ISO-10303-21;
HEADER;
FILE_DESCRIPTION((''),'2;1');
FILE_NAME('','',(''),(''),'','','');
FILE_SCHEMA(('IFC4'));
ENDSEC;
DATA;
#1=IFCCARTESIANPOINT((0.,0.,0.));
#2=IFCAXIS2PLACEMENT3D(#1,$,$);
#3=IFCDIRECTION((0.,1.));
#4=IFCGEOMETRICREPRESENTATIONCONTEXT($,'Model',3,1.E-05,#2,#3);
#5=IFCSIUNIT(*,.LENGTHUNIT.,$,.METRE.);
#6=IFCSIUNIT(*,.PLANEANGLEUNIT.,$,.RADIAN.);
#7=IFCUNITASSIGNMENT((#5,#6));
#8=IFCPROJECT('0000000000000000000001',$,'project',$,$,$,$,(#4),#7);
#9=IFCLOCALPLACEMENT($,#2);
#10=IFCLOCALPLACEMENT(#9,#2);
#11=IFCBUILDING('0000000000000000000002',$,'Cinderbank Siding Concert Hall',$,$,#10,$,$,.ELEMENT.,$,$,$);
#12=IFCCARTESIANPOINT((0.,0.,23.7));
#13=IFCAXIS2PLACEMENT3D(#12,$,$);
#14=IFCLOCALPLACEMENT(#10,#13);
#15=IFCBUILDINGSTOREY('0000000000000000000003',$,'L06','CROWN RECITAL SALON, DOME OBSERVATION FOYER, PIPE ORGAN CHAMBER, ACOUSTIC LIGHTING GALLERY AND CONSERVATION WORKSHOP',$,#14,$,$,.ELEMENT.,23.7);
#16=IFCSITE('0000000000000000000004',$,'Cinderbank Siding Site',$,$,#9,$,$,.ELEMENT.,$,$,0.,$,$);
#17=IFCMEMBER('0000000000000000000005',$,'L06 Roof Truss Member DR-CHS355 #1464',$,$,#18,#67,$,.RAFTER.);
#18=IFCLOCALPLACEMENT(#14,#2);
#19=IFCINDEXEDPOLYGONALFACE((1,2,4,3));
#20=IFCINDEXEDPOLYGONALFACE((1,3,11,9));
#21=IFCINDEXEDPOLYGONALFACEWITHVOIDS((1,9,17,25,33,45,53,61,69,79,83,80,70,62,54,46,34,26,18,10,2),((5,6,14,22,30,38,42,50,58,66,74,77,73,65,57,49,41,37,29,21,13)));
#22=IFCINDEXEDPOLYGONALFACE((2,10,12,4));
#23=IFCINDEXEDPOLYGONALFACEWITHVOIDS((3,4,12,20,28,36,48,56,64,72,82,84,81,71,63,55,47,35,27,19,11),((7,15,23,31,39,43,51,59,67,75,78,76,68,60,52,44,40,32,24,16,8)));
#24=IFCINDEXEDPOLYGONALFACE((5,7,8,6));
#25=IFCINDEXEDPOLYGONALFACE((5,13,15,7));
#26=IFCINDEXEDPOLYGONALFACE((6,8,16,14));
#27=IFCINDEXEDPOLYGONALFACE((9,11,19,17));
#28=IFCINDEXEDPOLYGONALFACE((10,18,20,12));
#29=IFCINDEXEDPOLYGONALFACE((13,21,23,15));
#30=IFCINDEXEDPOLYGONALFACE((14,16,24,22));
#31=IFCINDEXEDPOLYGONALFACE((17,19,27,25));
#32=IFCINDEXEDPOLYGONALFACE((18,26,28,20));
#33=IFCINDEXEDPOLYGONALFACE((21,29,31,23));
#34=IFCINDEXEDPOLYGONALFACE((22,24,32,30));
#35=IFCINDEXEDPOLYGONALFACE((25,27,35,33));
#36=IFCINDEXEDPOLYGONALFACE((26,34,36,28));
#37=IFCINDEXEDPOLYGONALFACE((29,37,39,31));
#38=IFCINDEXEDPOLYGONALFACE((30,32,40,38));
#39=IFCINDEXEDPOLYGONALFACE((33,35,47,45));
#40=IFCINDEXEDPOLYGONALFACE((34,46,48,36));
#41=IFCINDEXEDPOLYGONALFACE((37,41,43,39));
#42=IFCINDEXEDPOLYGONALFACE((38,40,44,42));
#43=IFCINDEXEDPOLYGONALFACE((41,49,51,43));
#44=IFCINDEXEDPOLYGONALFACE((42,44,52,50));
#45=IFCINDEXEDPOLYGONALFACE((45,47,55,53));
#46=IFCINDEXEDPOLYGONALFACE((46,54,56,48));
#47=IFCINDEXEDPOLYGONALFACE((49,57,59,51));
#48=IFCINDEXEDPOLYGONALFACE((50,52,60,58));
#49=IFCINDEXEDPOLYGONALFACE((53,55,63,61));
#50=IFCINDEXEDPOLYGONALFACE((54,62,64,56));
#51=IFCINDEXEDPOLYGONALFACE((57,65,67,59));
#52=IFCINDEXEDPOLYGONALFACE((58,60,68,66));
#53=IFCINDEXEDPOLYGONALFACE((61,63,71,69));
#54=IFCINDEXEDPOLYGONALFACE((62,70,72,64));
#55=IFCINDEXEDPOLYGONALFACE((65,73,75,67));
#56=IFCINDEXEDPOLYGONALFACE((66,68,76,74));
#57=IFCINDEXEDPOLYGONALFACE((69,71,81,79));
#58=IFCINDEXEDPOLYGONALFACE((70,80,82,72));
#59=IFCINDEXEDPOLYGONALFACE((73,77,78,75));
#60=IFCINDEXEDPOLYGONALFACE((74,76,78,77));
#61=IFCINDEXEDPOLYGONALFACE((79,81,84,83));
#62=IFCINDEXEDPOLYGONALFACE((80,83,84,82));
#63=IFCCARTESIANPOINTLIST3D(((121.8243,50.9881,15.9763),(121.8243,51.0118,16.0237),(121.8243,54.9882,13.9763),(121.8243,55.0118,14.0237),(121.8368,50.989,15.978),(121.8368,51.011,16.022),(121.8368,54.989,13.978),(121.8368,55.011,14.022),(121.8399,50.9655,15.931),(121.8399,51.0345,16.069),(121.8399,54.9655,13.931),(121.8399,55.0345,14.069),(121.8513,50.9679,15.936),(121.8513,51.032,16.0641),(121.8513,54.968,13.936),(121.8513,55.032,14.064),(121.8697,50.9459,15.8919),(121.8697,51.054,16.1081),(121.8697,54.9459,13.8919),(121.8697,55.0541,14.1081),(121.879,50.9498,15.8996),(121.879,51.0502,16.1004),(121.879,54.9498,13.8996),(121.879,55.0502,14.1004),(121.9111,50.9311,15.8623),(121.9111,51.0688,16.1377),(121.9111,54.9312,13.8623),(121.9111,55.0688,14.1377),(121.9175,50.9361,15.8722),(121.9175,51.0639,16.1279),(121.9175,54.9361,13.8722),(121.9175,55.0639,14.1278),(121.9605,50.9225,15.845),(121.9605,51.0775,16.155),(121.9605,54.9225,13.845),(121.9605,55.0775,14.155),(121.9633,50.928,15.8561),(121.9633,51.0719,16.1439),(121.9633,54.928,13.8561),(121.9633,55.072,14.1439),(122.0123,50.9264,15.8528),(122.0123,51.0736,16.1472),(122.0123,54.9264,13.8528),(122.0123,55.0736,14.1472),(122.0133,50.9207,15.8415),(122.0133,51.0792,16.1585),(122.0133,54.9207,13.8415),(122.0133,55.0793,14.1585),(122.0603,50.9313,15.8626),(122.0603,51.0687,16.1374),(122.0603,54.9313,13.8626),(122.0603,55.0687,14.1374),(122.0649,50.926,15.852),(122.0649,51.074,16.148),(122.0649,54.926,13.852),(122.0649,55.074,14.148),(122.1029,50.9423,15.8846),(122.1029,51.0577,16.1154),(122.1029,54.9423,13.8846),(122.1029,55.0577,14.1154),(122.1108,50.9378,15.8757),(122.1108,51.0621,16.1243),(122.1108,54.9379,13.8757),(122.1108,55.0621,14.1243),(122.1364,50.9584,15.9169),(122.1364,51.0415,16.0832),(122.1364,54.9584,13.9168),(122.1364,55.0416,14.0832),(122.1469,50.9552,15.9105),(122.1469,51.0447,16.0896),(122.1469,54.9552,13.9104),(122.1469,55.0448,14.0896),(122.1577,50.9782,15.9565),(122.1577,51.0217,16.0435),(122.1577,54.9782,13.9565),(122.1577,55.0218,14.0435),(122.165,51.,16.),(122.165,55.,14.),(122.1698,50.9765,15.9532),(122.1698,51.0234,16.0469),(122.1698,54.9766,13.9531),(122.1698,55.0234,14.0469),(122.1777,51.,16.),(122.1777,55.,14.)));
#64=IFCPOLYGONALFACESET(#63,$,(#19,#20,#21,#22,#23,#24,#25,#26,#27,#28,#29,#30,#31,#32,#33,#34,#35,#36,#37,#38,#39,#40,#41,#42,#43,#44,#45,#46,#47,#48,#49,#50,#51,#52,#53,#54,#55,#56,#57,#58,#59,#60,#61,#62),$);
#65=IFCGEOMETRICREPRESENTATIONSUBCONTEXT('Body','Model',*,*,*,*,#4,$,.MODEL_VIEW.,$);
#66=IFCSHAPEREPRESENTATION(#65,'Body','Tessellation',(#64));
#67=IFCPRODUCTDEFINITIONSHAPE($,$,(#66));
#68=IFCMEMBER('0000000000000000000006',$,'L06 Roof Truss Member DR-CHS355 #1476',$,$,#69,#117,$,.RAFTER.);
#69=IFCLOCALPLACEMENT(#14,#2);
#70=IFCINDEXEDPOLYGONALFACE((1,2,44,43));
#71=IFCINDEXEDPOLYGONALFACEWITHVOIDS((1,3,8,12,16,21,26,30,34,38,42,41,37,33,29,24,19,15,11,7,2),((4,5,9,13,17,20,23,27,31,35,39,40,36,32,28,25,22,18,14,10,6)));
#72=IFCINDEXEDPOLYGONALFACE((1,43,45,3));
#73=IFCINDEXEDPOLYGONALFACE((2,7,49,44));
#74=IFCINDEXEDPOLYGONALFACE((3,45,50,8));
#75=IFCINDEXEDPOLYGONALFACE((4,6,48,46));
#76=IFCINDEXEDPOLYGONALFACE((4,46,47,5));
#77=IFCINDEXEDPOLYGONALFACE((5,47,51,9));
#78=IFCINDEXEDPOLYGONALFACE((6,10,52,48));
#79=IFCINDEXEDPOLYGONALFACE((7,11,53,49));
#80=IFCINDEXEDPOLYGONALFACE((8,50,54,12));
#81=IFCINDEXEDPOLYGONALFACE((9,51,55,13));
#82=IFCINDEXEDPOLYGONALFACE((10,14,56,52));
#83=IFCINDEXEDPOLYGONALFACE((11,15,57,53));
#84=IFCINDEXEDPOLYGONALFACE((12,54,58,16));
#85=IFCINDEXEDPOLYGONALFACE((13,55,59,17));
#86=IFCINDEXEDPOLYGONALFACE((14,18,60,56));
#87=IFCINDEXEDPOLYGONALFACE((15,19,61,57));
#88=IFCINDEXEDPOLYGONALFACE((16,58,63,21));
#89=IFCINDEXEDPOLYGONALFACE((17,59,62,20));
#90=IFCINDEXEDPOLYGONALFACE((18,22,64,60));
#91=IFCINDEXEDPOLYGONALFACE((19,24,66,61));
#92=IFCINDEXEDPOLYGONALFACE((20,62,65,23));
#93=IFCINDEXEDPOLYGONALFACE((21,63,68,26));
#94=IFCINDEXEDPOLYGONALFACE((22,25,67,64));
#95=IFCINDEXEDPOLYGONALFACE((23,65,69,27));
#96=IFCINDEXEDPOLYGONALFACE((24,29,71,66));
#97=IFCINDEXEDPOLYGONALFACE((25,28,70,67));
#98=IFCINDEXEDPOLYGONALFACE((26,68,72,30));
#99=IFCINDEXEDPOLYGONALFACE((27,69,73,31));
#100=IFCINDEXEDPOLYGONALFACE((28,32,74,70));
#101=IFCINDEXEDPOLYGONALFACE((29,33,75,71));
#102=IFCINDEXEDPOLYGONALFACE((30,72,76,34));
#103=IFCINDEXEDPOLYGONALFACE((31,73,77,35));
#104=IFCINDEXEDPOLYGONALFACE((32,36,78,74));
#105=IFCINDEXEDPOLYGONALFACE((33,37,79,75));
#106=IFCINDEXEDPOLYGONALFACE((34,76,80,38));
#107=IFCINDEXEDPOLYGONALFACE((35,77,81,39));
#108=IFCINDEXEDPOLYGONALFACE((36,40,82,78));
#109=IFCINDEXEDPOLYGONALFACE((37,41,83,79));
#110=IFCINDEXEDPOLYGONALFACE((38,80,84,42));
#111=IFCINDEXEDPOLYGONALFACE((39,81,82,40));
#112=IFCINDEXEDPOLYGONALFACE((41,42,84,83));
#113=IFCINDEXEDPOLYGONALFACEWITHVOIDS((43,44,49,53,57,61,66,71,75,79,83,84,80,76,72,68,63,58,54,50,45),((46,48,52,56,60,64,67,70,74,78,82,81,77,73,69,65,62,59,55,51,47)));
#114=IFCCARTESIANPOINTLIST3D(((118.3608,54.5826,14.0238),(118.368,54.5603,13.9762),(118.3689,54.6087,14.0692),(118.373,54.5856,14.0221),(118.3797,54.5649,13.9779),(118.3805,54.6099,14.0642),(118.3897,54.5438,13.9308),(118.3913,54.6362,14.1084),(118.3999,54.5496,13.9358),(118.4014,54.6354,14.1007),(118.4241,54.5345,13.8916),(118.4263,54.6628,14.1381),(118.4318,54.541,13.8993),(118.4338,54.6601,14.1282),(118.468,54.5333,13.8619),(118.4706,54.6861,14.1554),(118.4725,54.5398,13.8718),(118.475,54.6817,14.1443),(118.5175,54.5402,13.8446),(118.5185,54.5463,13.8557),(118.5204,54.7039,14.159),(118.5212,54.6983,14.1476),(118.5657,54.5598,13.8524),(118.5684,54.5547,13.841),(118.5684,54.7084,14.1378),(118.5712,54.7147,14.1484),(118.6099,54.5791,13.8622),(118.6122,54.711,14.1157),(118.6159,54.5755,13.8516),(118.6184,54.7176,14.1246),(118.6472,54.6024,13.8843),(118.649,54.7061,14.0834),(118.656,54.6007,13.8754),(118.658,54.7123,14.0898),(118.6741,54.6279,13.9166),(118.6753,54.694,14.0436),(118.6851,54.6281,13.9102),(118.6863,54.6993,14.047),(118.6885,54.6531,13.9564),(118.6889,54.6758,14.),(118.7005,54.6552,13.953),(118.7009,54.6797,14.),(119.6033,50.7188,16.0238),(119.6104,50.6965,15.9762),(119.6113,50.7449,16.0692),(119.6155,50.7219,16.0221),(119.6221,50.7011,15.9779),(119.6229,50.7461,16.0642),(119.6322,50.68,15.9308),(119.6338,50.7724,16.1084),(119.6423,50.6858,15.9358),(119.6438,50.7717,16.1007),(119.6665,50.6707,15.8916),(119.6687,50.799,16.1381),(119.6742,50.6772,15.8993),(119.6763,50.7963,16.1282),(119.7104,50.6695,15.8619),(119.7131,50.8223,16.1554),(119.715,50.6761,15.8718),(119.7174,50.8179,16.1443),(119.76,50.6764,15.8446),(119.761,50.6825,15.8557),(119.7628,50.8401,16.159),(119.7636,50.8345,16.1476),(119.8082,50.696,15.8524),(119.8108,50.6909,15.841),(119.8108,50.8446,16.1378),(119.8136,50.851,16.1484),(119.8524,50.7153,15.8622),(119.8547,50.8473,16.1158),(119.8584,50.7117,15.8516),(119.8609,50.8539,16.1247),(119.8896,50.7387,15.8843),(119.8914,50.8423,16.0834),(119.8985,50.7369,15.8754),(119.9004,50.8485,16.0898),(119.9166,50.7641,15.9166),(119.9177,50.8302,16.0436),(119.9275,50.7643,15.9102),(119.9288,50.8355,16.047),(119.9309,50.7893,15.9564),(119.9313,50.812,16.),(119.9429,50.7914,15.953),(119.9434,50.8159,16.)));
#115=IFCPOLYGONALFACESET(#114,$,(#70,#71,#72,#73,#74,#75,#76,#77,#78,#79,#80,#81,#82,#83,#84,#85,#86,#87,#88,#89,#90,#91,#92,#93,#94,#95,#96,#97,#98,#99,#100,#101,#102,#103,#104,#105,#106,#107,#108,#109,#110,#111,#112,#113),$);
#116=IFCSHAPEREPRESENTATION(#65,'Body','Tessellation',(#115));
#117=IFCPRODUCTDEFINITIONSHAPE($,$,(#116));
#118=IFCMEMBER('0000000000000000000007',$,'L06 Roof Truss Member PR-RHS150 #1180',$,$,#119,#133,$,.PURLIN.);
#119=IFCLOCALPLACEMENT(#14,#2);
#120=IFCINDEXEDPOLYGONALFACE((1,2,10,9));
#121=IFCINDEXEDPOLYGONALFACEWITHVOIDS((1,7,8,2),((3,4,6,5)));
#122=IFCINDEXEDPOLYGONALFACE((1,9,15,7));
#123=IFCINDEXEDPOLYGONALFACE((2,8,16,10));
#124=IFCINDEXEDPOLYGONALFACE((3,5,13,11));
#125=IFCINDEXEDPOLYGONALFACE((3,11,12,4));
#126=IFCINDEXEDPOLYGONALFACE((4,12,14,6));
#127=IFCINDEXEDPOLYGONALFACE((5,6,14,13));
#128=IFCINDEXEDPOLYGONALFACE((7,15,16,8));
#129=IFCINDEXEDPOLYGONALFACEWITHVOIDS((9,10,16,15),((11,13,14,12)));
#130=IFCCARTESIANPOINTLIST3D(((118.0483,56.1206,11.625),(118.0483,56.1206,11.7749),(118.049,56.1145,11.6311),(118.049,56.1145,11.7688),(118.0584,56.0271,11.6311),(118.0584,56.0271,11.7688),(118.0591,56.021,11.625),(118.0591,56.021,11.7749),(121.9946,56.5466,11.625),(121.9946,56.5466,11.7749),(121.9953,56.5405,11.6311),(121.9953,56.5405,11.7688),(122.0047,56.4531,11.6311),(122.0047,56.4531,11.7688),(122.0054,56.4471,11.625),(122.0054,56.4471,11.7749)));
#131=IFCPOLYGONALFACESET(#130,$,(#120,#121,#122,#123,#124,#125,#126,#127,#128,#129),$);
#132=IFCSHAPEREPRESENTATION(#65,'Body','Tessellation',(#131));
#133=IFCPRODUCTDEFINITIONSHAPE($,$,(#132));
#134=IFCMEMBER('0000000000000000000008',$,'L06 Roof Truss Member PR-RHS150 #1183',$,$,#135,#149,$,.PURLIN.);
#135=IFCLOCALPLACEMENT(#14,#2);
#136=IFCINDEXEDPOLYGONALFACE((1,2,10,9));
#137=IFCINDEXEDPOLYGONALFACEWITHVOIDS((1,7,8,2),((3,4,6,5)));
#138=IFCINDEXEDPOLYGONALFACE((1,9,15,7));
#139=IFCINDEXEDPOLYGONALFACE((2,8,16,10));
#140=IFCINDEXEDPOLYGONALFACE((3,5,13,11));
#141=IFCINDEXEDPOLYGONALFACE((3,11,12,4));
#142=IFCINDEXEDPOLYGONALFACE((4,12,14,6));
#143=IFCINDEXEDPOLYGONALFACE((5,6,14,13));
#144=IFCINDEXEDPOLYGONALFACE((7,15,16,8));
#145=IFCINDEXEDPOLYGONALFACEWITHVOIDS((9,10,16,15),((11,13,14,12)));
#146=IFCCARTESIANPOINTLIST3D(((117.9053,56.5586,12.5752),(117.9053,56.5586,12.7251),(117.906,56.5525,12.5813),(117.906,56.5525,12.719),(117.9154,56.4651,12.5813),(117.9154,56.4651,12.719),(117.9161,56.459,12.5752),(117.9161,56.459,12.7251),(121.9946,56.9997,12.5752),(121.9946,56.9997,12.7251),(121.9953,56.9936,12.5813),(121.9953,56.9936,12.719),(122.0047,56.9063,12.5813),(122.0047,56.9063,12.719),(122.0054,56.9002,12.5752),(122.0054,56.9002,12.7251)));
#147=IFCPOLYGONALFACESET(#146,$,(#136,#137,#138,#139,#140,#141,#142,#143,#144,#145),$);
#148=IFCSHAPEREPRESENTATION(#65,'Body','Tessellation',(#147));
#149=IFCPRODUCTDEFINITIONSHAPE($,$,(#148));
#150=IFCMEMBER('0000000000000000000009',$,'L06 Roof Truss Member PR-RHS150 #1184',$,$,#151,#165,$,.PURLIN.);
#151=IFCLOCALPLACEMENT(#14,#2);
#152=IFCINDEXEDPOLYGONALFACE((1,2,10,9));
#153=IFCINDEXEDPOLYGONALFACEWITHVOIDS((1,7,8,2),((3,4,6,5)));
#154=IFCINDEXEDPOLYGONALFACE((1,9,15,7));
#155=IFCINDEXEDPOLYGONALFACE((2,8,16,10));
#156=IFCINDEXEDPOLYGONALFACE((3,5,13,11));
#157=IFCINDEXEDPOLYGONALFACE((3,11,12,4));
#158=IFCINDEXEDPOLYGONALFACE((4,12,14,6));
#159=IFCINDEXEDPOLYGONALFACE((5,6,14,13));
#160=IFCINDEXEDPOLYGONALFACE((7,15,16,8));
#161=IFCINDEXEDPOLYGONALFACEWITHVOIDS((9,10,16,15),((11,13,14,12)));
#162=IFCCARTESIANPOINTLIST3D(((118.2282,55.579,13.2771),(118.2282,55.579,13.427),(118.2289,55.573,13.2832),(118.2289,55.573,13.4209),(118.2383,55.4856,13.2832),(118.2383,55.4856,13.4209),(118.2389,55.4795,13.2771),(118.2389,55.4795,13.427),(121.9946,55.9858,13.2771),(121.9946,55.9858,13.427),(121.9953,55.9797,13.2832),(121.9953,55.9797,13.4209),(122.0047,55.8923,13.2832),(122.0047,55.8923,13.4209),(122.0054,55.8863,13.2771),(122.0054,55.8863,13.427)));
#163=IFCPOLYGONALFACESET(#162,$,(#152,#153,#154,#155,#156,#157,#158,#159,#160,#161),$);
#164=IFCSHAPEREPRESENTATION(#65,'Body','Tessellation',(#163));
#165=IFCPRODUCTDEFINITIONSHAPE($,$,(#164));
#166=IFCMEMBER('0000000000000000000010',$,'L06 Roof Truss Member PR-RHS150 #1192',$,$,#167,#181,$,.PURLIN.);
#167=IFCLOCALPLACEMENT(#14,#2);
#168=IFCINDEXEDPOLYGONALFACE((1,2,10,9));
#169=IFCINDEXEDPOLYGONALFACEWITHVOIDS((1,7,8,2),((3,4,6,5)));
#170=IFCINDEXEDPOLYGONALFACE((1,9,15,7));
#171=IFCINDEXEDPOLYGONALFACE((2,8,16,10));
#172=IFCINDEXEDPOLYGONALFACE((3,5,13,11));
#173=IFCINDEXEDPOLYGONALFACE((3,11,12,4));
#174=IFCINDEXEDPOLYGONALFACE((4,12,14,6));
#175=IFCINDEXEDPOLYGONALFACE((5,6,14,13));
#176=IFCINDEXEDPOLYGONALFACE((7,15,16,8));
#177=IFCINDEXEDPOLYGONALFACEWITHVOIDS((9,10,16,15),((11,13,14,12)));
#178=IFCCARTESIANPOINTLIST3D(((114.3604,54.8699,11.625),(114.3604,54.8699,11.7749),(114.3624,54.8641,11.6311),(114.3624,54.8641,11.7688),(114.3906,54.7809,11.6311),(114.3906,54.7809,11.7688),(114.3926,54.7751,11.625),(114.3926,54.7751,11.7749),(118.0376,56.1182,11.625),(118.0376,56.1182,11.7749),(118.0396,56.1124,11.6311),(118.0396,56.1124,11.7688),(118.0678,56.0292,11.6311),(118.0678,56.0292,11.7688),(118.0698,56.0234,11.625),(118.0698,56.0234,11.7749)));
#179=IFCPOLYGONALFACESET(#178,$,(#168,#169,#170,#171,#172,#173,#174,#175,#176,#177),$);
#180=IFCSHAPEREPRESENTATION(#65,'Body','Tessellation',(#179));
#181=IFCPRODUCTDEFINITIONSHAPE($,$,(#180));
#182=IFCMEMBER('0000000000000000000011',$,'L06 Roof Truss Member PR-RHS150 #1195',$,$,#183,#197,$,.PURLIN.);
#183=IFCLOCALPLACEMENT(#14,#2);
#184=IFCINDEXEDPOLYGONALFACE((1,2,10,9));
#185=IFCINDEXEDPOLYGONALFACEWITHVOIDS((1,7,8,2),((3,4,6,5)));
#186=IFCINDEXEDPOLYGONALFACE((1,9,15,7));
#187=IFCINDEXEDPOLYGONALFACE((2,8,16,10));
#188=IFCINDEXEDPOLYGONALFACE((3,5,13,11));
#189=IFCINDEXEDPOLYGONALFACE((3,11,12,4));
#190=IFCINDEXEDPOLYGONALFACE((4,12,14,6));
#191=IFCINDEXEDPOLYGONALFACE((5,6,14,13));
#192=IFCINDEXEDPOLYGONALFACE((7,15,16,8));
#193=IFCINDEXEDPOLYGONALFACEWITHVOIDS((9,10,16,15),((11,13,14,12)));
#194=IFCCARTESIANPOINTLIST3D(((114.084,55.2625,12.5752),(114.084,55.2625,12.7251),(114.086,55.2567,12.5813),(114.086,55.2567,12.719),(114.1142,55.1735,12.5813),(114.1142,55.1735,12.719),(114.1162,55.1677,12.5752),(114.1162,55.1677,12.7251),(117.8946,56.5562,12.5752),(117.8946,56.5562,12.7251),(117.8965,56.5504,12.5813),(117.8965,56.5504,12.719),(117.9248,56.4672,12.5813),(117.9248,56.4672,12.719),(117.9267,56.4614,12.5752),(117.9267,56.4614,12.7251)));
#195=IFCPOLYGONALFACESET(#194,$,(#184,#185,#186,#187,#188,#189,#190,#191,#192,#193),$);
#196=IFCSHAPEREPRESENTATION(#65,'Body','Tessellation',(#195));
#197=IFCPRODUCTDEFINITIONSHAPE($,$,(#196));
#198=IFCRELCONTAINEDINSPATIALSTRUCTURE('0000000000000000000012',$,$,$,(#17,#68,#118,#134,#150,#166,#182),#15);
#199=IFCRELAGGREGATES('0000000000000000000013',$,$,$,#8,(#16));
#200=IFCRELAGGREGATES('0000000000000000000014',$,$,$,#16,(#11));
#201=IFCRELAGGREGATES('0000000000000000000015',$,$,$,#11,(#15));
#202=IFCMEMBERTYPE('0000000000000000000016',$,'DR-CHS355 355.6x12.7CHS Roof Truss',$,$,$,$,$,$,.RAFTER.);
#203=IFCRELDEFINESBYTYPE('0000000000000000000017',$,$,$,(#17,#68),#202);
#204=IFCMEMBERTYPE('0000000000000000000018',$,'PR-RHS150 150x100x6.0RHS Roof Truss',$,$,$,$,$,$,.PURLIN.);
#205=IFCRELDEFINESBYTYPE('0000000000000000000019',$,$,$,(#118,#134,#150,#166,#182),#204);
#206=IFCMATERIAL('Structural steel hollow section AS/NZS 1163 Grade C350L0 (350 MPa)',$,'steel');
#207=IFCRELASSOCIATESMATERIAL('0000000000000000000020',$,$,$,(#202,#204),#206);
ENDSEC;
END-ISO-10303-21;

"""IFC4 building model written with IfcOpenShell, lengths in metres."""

from ifc_helpers import new_model, si_unit, direction, frame, origin, origin_2d, place, context, subcontext, project, spatial, hollow_rectangle, hollow_circle, extrude, material, material_profile, profile_set, type_object, element, save


model = new_model("IFC4")

# Units and contexts
model_context = context("Model", 3, precision=1e-05, world=origin(), true_north=direction((0.0, 1.0)))
body_context = subcontext(model_context, "Body", "Model", "MODEL_VIEW")
ifc_project = project(units=[si_unit("LENGTHUNIT", "METRE"), si_unit("PLANEANGLEUNIT", "RADIAN")], contexts=[model_context])

# Site, building, storey
site_placement = place(None, origin())
site = spatial("IfcSite", under=ifc_project, at=site_placement, Name="Cinderbank Siding Site", CompositionType="ELEMENT", RefElevation=0.0)
building_placement = place(site_placement, origin())
building = spatial("IfcBuilding", under=site, at=building_placement, Name="Cinderbank Siding Concert Hall", CompositionType="ELEMENT")
storey_placement = place(building_placement, frame((0.0, 0.0, 23.7)))
storey = spatial("IfcBuildingStorey", under=building, at=storey_placement, Name="L06", Description="CROWN RECITAL SALON, DOME OBSERVATION FOYER, PIPE ORGAN CHAMBER, ACOUSTIC LIGHTING GALLERY AND CONSERVATION WORKSHOP", CompositionType="ELEMENT", Elevation=23.7)

# Members
ifc_material_1 = material(Name="Structural steel hollow section AS/NZS 1163 Grade C350L0 (350 MPa)", Category="steel")
ifc_material_profile_1 = material_profile(ifc_material_1, hollow_circle(Radius=0.1777, WallThickness=0.0127, at=origin_2d()), Name="355.6x12.7CHS", Category="LoadBearing")
ifc_profile_set_1 = profile_set([ifc_material_profile_1], Name="Structural steel hollow section AS/NZS 1163 Grade C350L0 (350 MPa)")
member_type_1 = type_object("IfcMemberType", Name="DR-CHS355 355.6x12.7CHS Roof Truss", PredefinedType="RAFTER", material=ifc_profile_set_1)
member_1_placement = place(storey_placement, frame((122.0, 55.0, 14.0), z_axis=(0.0, -0.894427, 0.447214), x_axis=(1.0, 0.0, 0.0)))
element("IfcMember", 1, at=member_1_placement, inside=storey, type_object=member_type_1, Name="L06 Roof Truss Member DR-CHS355 #1464", PredefinedType="RAFTER", context=body_context, shape_type="SweptSolid", body=[
    extrude(hollow_circle(Radius=0.1777, WallThickness=0.0127, at=origin_2d()), origin(), (0.0, 0.0, 1.0), 4.4722),
])
member_2_placement = place(storey_placement, frame((118.5317, 54.6252, 14.0), z_axis=(0.274592, -0.85394, 0.442024), x_axis=(0.951992, 0.306122, 0.0)))
element("IfcMember", 2, at=member_2_placement, inside=storey, type_object=member_type_1, Name="L06 Roof Truss Member DR-CHS355 #1476", PredefinedType="RAFTER", context=body_context, shape_type="SweptSolid", body=[
    extrude(hollow_circle(Radius=0.1777, WallThickness=0.0127, at=origin_2d()), origin(), (0.0, 0.0, 1.0), 4.5247),
])
ifc_material_profile_2 = material_profile(ifc_material_1, hollow_rectangle(XDim=0.1001, YDim=0.1499, WallThickness=0.0061, at=origin_2d()), Name="150x100x6.0RHS", Category="LoadBearing")
ifc_profile_set_2 = profile_set([ifc_material_profile_2], Name="Structural steel hollow section AS/NZS 1163 Grade C350L0 (350 MPa)")
member_type_2 = type_object("IfcMemberType", Name="PR-RHS150 150x100x6.0RHS Roof Truss", PredefinedType="PURLIN", material=ifc_profile_set_2)
member_3_placement = place(storey_placement, frame((122.0, 56.4968, 11.7), z_axis=(-0.994223, -0.107332, 0.0), x_axis=(0.107332, -0.994223, 0.0)))
element("IfcMember", 3, at=member_3_placement, inside=storey, type_object=member_type_2, Name="L06 Roof Truss Member PR-RHS150 #1180", PredefinedType="PURLIN", context=body_context, shape_type="SweptSolid", body=[
    extrude(hollow_rectangle(XDim=0.1001, YDim=0.1499, WallThickness=0.0061, at=origin_2d()), origin(), (0.0, 0.0, 1.0), 3.9692),
])
member_4_placement = place(storey_placement, frame((122.0, 56.95, 12.6501), z_axis=(-0.994231, -0.107258, 0.0), x_axis=(0.107258, -0.994231, 0.0)))
element("IfcMember", 4, at=member_4_placement, inside=storey, type_object=member_type_2, Name="L06 Roof Truss Member PR-RHS150 #1183", PredefinedType="PURLIN", context=body_context, shape_type="SweptSolid", body=[
    extrude(hollow_rectangle(XDim=0.1001, YDim=0.1499, WallThickness=0.0061, at=origin_2d()), origin(), (0.0, 0.0, 1.0), 4.113),
])
member_5_placement = place(storey_placement, frame((122.0, 55.936, 13.3521), z_axis=(-0.994219, -0.107368, 0.0), x_axis=(0.107368, -0.994219, 0.0)))
element("IfcMember", 5, at=member_5_placement, inside=storey, type_object=member_type_2, Name="L06 Roof Truss Member PR-RHS150 #1184", PredefinedType="PURLIN", context=body_context, shape_type="SweptSolid", body=[
    extrude(hollow_rectangle(XDim=0.1001, YDim=0.1499, WallThickness=0.0061, at=origin_2d()), origin(), (0.0, 0.0, 1.0), 3.7883),
])
member_6_placement = place(storey_placement, frame((118.0537, 56.0708, 11.7), z_axis=(-0.946927, -0.321447, 0.0), x_axis=(0.321447, -0.946927, 0.0)))
element("IfcMember", 6, at=member_6_placement, inside=storey, type_object=member_type_2, Name="L06 Roof Truss Member PR-RHS150 #1192", PredefinedType="PURLIN", context=body_context, shape_type="SweptSolid", body=[
    extrude(hollow_rectangle(XDim=0.1001, YDim=0.1499, WallThickness=0.0061, at=origin_2d()), origin(), (0.0, 0.0, 1.0), 3.8833),
])
member_7_placement = place(storey_placement, frame((117.9106, 56.5088, 12.6501), z_axis=(-0.946915, -0.321483, 0.0), x_axis=(0.321483, -0.946915, 0.0)))
element("IfcMember", 7, at=member_7_placement, inside=storey, type_object=member_type_2, Name="L06 Roof Truss Member PR-RHS150 #1195", PredefinedType="PURLIN", context=body_context, shape_type="SweptSolid", body=[
    extrude(hollow_rectangle(XDim=0.1001, YDim=0.1499, WallThickness=0.0061, at=origin_2d()), origin(), (0.0, 0.0, 1.0), 4.0242),
])

save(model, "model.ifc")
